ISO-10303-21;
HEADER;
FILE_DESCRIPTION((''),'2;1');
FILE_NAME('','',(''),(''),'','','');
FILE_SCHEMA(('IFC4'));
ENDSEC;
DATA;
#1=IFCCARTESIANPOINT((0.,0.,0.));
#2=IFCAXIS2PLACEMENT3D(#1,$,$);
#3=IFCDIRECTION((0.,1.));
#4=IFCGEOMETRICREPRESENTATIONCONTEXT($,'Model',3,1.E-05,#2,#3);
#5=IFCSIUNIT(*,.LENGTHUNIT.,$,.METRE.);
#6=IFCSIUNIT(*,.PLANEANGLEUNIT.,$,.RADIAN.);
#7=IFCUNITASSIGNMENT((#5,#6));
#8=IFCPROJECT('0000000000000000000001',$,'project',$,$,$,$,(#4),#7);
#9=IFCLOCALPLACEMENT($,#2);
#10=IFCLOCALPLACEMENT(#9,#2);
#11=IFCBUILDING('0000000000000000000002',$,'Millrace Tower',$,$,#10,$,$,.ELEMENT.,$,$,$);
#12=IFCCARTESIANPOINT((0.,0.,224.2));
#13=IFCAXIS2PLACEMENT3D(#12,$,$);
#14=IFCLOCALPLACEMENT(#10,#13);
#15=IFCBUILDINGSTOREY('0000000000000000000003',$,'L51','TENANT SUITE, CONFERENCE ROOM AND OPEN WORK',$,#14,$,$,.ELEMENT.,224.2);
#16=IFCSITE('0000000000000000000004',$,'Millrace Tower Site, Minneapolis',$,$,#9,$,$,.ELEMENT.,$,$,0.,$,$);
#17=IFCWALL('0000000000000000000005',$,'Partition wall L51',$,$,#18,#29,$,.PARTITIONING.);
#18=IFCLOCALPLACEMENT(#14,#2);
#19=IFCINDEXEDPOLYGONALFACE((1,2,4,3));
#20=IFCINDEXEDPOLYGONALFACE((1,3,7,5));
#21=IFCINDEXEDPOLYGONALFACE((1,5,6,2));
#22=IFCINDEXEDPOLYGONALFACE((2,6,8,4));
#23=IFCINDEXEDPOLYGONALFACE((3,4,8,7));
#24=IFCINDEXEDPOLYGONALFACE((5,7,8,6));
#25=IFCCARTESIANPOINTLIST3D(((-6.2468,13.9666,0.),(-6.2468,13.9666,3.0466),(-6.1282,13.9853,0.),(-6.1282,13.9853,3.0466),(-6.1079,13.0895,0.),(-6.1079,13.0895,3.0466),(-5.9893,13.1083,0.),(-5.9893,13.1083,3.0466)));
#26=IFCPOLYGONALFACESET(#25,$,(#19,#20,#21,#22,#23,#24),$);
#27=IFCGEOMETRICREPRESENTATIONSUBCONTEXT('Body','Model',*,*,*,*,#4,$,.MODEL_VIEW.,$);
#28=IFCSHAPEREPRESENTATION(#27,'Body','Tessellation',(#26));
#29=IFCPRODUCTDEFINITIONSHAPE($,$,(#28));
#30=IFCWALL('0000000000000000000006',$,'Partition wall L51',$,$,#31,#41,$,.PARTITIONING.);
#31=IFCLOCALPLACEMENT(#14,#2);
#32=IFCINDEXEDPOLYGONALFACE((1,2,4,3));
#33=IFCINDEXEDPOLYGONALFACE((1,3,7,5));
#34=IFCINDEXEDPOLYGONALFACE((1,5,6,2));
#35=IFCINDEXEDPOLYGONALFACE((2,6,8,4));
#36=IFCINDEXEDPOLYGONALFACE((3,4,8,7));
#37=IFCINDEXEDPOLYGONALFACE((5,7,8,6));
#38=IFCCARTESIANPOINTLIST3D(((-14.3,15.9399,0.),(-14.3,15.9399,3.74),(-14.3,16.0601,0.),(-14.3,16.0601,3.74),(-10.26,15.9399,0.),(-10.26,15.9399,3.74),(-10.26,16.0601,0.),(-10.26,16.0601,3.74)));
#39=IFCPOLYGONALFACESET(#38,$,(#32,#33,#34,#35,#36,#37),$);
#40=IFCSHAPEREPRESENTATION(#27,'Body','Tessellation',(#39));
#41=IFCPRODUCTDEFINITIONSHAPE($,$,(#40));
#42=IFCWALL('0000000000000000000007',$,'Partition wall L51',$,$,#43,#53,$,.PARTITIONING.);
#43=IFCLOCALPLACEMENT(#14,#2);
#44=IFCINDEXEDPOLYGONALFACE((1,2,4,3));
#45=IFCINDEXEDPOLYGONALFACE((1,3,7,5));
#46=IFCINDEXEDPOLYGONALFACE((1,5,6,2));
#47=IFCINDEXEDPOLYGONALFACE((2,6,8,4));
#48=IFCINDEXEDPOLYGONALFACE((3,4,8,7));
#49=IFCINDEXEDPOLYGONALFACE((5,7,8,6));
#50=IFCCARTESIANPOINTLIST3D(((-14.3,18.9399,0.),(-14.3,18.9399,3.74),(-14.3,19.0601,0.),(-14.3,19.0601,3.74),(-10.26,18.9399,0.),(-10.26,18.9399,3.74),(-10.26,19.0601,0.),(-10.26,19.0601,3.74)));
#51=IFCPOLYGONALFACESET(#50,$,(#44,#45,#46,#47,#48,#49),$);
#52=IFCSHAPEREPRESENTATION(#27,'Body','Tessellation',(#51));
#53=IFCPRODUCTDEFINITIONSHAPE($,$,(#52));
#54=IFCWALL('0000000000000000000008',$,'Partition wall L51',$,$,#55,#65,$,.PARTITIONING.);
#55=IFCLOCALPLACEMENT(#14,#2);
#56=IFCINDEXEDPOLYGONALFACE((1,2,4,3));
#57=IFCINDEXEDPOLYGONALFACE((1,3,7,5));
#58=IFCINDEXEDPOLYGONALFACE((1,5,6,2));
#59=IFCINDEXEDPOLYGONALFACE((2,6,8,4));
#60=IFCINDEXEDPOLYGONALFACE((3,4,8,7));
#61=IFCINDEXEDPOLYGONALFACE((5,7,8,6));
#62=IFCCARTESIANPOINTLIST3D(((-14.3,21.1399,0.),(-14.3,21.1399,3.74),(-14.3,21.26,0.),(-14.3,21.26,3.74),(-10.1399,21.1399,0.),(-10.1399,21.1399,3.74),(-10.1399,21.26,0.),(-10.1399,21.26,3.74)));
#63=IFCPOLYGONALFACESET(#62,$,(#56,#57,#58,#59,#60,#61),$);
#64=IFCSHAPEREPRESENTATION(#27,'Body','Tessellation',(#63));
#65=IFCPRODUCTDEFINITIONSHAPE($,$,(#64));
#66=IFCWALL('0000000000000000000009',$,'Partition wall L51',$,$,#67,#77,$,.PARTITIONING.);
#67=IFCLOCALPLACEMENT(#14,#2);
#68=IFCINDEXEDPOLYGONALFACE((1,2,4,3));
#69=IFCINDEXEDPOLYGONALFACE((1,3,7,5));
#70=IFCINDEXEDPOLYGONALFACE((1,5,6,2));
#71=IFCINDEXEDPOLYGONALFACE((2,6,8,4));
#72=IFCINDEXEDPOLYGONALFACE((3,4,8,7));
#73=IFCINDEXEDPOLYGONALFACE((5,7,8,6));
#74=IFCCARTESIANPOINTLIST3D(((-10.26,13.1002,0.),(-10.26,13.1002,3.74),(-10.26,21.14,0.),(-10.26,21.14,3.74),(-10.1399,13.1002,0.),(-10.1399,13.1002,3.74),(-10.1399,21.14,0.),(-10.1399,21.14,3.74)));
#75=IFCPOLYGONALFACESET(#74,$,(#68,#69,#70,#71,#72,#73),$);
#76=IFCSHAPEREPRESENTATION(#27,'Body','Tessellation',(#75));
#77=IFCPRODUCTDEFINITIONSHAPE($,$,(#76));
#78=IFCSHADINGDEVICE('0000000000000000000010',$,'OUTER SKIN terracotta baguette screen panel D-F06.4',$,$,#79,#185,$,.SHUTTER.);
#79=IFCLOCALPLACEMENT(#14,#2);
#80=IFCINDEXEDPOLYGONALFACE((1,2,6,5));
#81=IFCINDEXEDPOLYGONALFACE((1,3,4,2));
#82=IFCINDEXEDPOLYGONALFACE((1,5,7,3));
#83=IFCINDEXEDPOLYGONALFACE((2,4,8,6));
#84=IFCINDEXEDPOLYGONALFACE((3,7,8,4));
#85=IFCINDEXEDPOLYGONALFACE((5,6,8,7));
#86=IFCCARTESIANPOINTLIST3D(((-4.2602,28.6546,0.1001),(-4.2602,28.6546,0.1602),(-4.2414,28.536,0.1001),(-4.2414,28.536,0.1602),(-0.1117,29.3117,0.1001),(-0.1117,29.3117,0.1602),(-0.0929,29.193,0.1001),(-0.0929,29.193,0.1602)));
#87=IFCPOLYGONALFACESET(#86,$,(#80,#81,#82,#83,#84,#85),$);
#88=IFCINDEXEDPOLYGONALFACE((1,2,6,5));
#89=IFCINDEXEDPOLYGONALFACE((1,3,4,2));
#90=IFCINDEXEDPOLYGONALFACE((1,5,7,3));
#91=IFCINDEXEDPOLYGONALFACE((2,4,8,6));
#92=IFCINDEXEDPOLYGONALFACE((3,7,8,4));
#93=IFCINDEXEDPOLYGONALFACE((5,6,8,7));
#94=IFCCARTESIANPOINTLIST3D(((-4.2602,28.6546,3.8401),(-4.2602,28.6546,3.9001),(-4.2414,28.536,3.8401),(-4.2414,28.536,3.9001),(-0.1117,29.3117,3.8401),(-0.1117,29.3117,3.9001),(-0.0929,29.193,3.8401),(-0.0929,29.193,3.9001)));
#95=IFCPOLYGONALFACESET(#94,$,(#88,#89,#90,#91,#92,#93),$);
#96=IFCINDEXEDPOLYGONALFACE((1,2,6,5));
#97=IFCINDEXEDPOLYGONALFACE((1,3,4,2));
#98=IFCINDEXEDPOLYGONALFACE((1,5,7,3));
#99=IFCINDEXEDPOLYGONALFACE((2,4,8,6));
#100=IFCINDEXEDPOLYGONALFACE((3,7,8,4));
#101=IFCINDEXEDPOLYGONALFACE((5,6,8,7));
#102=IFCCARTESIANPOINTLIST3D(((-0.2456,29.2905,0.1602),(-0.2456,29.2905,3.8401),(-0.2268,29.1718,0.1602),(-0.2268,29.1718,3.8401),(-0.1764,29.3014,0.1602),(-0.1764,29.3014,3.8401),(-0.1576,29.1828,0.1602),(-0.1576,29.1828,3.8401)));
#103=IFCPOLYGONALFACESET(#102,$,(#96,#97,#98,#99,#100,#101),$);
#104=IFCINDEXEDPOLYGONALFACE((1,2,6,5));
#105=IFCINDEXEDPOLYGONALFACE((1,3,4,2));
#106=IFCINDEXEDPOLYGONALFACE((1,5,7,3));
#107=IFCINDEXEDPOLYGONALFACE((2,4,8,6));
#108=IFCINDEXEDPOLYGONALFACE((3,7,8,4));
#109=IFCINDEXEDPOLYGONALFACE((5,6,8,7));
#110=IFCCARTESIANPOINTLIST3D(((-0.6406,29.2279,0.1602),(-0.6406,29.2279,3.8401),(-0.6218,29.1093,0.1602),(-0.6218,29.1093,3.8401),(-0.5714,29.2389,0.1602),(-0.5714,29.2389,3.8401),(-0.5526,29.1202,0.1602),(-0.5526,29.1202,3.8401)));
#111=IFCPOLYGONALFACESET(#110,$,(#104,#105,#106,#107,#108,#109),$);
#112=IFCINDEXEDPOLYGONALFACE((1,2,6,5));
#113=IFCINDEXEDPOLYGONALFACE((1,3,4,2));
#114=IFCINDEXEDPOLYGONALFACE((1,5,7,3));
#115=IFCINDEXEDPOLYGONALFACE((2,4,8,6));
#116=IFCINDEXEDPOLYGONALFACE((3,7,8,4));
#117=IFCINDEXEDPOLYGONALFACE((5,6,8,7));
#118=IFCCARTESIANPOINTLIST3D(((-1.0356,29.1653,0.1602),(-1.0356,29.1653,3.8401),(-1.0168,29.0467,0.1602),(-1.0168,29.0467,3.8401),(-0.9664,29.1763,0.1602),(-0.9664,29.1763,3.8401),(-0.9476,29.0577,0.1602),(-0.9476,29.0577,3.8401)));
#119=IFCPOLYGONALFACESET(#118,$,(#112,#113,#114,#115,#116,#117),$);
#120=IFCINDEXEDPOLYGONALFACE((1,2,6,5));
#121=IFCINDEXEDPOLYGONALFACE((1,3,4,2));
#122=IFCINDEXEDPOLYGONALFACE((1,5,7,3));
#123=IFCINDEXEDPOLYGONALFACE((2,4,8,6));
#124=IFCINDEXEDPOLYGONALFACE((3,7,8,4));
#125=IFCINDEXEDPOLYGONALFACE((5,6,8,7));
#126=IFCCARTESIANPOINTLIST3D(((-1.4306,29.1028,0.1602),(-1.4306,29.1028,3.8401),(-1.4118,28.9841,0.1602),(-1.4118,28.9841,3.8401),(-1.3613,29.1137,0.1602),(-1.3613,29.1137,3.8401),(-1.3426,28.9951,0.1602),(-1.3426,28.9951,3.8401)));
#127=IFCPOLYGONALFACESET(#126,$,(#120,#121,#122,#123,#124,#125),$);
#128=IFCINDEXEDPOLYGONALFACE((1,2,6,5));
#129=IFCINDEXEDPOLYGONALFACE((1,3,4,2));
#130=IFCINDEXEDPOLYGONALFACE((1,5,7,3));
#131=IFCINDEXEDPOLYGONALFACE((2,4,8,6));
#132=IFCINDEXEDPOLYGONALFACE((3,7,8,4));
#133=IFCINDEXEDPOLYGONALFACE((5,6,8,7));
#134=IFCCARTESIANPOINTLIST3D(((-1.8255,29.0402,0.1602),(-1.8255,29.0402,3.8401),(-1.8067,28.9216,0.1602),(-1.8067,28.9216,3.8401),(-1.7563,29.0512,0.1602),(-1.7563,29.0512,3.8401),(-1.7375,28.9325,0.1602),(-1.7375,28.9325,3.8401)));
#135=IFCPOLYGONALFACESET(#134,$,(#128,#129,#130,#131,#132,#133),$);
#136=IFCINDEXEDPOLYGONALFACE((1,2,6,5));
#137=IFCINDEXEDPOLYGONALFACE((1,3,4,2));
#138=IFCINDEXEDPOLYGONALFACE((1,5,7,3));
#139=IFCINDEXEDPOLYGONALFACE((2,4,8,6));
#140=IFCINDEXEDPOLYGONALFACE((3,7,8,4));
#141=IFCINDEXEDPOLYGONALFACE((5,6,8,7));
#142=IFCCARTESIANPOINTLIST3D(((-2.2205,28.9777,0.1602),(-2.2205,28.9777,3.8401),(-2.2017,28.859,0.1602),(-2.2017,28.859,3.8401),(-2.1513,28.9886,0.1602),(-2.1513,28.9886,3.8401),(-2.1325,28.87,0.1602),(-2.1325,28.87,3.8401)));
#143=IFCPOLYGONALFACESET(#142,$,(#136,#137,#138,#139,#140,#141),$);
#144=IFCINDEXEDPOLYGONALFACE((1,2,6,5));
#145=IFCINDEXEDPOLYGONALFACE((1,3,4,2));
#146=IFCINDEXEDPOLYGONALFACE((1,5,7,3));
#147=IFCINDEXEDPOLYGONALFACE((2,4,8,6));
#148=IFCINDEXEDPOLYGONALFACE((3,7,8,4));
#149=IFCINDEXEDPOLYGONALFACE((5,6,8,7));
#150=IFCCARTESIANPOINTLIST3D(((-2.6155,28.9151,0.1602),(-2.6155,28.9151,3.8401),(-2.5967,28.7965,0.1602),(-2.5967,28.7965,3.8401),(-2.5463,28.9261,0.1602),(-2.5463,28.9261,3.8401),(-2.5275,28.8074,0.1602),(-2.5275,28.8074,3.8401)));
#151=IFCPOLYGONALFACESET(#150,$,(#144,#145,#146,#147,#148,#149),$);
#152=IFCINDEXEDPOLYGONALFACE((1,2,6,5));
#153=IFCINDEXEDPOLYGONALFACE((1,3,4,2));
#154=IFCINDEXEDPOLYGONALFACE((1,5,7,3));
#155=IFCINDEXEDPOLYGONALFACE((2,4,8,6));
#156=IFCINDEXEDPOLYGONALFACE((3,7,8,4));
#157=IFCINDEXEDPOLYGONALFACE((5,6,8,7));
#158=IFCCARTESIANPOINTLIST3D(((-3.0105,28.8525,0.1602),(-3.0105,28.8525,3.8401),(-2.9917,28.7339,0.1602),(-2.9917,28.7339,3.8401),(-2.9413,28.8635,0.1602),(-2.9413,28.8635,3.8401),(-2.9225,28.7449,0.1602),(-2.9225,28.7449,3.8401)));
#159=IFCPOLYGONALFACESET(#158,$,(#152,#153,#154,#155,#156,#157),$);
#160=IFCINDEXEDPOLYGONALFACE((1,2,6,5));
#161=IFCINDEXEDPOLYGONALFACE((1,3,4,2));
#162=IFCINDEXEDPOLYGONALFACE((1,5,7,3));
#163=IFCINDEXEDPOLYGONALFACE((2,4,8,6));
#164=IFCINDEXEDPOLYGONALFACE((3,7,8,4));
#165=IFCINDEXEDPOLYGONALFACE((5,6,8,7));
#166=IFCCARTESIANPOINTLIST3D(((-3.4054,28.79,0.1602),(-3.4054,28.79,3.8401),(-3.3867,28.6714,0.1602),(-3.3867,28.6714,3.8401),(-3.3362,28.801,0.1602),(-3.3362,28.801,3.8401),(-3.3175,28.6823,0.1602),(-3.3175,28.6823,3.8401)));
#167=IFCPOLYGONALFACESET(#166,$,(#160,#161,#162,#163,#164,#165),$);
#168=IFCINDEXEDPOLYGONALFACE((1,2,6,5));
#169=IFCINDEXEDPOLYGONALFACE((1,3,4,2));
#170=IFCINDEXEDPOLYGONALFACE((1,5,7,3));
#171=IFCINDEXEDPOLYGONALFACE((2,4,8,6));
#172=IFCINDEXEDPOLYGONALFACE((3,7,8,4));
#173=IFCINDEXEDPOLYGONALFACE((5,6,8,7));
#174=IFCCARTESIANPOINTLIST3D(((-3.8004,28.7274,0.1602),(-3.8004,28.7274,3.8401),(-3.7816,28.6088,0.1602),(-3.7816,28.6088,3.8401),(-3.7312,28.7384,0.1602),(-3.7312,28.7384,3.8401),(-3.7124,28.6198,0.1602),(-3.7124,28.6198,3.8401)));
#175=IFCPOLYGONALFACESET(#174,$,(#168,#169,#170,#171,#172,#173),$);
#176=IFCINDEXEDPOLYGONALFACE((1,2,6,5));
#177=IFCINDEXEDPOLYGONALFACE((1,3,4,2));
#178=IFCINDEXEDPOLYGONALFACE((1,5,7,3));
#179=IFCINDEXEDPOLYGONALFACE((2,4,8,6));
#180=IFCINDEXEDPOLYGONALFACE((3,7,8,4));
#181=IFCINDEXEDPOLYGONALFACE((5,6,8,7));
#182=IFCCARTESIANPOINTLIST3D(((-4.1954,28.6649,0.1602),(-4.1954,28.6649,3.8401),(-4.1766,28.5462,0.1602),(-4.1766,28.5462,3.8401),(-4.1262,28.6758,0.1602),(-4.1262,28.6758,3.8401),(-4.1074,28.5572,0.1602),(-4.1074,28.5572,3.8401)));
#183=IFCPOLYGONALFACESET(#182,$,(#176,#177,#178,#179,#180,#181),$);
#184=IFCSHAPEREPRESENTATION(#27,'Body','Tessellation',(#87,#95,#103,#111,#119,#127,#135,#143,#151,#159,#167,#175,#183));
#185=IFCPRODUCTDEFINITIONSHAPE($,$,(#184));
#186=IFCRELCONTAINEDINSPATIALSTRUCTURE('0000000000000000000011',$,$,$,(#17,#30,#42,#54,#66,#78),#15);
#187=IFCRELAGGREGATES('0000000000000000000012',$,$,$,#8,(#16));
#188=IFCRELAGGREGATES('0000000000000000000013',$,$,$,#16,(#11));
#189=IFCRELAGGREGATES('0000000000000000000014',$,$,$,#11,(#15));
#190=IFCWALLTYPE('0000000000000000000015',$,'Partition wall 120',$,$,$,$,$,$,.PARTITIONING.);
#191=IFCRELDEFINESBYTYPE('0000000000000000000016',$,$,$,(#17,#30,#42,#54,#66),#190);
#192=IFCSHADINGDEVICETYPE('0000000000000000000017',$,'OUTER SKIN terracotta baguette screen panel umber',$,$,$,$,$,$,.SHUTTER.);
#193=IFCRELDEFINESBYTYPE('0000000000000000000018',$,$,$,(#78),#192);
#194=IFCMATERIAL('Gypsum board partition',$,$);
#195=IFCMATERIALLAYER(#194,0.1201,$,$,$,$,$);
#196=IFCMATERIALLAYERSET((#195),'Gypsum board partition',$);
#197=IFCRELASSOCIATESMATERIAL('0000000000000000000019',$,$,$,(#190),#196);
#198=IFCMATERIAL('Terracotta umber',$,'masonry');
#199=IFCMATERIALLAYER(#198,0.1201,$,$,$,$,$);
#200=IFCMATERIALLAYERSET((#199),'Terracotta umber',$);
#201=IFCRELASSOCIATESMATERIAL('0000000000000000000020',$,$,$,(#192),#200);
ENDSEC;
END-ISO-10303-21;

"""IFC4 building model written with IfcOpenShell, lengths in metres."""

from ifc_helpers import new_model, entity, si_unit, direction, frame, frame_2d, origin, origin_2d, place, context, subcontext, project, spatial, rectangle, extrude, source, transform, mapped, material, layer, layer_set, type_object, element, save


model = new_model("IFC4")

# Units and contexts
model_context = context("Model", 3, precision=1e-05, world=origin(), true_north=direction((0.0, 1.0)))
body_context = subcontext(model_context, "Body", "Model", "MODEL_VIEW")
ifc_project = project(units=[si_unit("LENGTHUNIT", "METRE"), si_unit("PLANEANGLEUNIT", "RADIAN")], contexts=[model_context])

# Site, building, storey
site_placement = place(None, origin())
site = spatial("IfcSite", under=ifc_project, at=site_placement, Name="Millrace Tower Site, Minneapolis", CompositionType="ELEMENT", RefElevation=0.0)
building_placement = place(site_placement, origin())
building = spatial("IfcBuilding", under=site, at=building_placement, Name="Millrace Tower", CompositionType="ELEMENT")
storey_placement = place(building_placement, frame((0.0, 0.0, 224.2)))
storey = spatial("IfcBuildingStorey", under=building, at=storey_placement, Name="L51", Description="TENANT SUITE, CONFERENCE ROOM AND OPEN WORK", CompositionType="ELEMENT", Elevation=224.2)

# Walls
ifc_material_1 = material(Name="Gypsum board partition")
ifc_layer_1 = layer(ifc_material_1, 0.1201)
ifc_layer_set_1 = layer_set([ifc_layer_1], Name="Gypsum board partition")
wall_type_1 = type_object("IfcWallType", Name="Partition wall 120", PredefinedType="PARTITIONING", material=ifc_layer_set_1)
wall_1_placement = place(storey_placement, frame((-6.1875, 13.9758, 0.0), z_axis=(0.0, 0.0, 1.0), x_axis=(0.156457, -0.987685, 0.0)))
element("IfcWall", 1, at=wall_1_placement, inside=storey, type_object=wall_type_1, Name="Partition wall L51", PredefinedType="PARTITIONING", context=body_context, shape_type="SweptSolid", body=[
    extrude(rectangle(XDim=0.8879, YDim=0.1201, at=frame_2d((0.4438, 0.0))), origin(), (0.0, 0.0, 1.0), 3.0466),
])
for number, where, z_axis, x_axis, name in (
    (2, (-14.3, 16.0, 0.0), (0.0, 0.0, 1.0), (1.0, 0.0, 0.0), "Partition wall L51"),
    (3, (-14.3, 19.0, 0.0), (0.0, 0.0, 1.0), (1.0, 0.0, 0.0), "Partition wall L51"),
):
    element("IfcWall", number, at=place(storey_placement, frame(where, z_axis=z_axis, x_axis=x_axis)), inside=storey, type_object=wall_type_1, Name=name, PredefinedType="PARTITIONING", context=body_context, shape_type="SweptSolid", body=[
        extrude(rectangle(XDim=4.04, YDim=0.1201, at=frame_2d((2.02, 0.0))), origin(), (0.0, 0.0, 1.0), 3.74),
    ])
wall_2_placement = place(storey_placement, frame((-14.3, 21.2, 0.0), z_axis=(0.0, 0.0, 1.0), x_axis=(1.0, 0.0, 0.0)))
element("IfcWall", 4, at=wall_2_placement, inside=storey, type_object=wall_type_1, Name="Partition wall L51", PredefinedType="PARTITIONING", context=body_context, shape_type="SweptSolid", body=[
    extrude(rectangle(XDim=4.1602, YDim=0.1201, at=frame_2d((2.0801, 0.0))), origin(), (0.0, 0.0, 1.0), 3.74),
])
wall_3_placement = place(storey_placement, frame((-10.2, 13.1001, 0.0), z_axis=(0.0, 0.0, 1.0), x_axis=(0.0, 1.0, 0.0)))
element("IfcWall", 5, at=wall_3_placement, inside=storey, type_object=wall_type_1, Name="Partition wall L51", PredefinedType="PARTITIONING", context=body_context, shape_type="SweptSolid", body=[
    extrude(rectangle(XDim=8.0398, YDim=0.1201, at=frame_2d((4.02, 0.0))), origin(), (0.0, 0.0, 1.0), 3.74),
])

# Shading device
ifc_material_2 = material(Name="Terracotta umber", Category="masonry")
ifc_layer_2 = layer(ifc_material_2, 0.1201)
ifc_layer_set_2 = layer_set([ifc_layer_2], Name="Terracotta umber")
shading_device_type = type_object("IfcShadingDeviceType", Name="OUTER SKIN terracotta baguette screen panel umber", PredefinedType="SHUTTER", material=ifc_layer_set_2)
cartesian_point = entity("IfcCartesianPoint", [-2.1001, 0.0601])
shared_polyline = entity("IfcPolyline", [cartesian_point, entity("IfcCartesianPoint", [2.1001, 0.0601]), entity("IfcCartesianPoint", [2.1001, -0.0601]), entity("IfcCartesianPoint", [-2.1001, -0.0601]), cartesian_point])
shared_shape = source(origin(), body_context, "Body", "SweptSolid", [
    entity("IfcExtrudedAreaSolid", entity("IfcArbitraryClosedProfileDef", "AREA", None, shared_polyline), entity("IfcAxis2Placement3D", entity("IfcCartesianPoint", [0.0, 0.0, 0.0])), entity("IfcDirection", [0.0, 0.0, 1.0]), 0.0601),
    entity("IfcExtrudedAreaSolid", entity("IfcArbitraryClosedProfileDef", "AREA", None, shared_polyline), entity("IfcAxis2Placement3D", entity("IfcCartesianPoint", [0.0, 0.0, 3.74])), entity("IfcDirection", [0.0, 0.0, 1.0]), 0.0601),
    extrude(rectangle(XDim=0.0701, YDim=0.1201, at=frame_2d((-1.9995, 0.0))), frame((0.0, 0.0, 0.0601)), (0.0, 0.0, 1.0), 3.6799),
    extrude(rectangle(XDim=0.0701, YDim=0.1201, at=frame_2d((-1.5996, 0.0))), frame((0.0, 0.0, 0.0601)), (0.0, 0.0, 1.0), 3.6799),
    extrude(rectangle(XDim=0.0701, YDim=0.1201, at=frame_2d((-1.1997, 0.0))), frame((0.0, 0.0, 0.0601)), (0.0, 0.0, 1.0), 3.6799),
    extrude(rectangle(XDim=0.0701, YDim=0.1201, at=frame_2d((-0.7998, 0.0))), frame((0.0, 0.0, 0.0601)), (0.0, 0.0, 1.0), 3.6799),
    extrude(rectangle(XDim=0.0701, YDim=0.1201, at=frame_2d((-0.3999, 0.0))), frame((0.0, 0.0, 0.0601)), (0.0, 0.0, 1.0), 3.6799),
    extrude(rectangle(XDim=0.0701, YDim=0.1201, at=origin_2d()), frame((0.0, 0.0, 0.0601)), (0.0, 0.0, 1.0), 3.6799),
    extrude(rectangle(XDim=0.0701, YDim=0.1201, at=frame_2d((0.3999, 0.0))), frame((0.0, 0.0, 0.0601)), (0.0, 0.0, 1.0), 3.6799),
    extrude(rectangle(XDim=0.0701, YDim=0.1201, at=frame_2d((0.7998, 0.0))), frame((0.0, 0.0, 0.0601)), (0.0, 0.0, 1.0), 3.6799),
    extrude(rectangle(XDim=0.0701, YDim=0.1201, at=frame_2d((1.1997, 0.0))), frame((0.0, 0.0, 0.0601)), (0.0, 0.0, 1.0), 3.6799),
    extrude(rectangle(XDim=0.0701, YDim=0.1201, at=frame_2d((1.5996, 0.0))), frame((0.0, 0.0, 0.0601)), (0.0, 0.0, 1.0), 3.6799),
    extrude(rectangle(XDim=0.0701, YDim=0.1201, at=frame_2d((1.9995, 0.0))), frame((0.0, 0.0, 0.0601)), (0.0, 0.0, 1.0), 3.6799),
])
for number, where, z_axis, x_axis, name in (
    (6, (-2.1765, 28.9238, 0.1001), (0.0, 0.0, 1.0), (-0.987688, -0.156434, 0.0), "OUTER SKIN terracotta baguette screen panel D-F06.4"),
):
    element("IfcShadingDevice", number, at=place(storey_placement, frame(where, z_axis=z_axis, x_axis=x_axis)), inside=storey, type_object=shading_device_type, Name=name, PredefinedType="SHUTTER", context=body_context, shape_type="MappedRepresentation", body=[
        mapped(shared_shape, transform((0.0, 0.0, 0.0), scale=1.0)),
    ])

save(model, "model.ifc")
